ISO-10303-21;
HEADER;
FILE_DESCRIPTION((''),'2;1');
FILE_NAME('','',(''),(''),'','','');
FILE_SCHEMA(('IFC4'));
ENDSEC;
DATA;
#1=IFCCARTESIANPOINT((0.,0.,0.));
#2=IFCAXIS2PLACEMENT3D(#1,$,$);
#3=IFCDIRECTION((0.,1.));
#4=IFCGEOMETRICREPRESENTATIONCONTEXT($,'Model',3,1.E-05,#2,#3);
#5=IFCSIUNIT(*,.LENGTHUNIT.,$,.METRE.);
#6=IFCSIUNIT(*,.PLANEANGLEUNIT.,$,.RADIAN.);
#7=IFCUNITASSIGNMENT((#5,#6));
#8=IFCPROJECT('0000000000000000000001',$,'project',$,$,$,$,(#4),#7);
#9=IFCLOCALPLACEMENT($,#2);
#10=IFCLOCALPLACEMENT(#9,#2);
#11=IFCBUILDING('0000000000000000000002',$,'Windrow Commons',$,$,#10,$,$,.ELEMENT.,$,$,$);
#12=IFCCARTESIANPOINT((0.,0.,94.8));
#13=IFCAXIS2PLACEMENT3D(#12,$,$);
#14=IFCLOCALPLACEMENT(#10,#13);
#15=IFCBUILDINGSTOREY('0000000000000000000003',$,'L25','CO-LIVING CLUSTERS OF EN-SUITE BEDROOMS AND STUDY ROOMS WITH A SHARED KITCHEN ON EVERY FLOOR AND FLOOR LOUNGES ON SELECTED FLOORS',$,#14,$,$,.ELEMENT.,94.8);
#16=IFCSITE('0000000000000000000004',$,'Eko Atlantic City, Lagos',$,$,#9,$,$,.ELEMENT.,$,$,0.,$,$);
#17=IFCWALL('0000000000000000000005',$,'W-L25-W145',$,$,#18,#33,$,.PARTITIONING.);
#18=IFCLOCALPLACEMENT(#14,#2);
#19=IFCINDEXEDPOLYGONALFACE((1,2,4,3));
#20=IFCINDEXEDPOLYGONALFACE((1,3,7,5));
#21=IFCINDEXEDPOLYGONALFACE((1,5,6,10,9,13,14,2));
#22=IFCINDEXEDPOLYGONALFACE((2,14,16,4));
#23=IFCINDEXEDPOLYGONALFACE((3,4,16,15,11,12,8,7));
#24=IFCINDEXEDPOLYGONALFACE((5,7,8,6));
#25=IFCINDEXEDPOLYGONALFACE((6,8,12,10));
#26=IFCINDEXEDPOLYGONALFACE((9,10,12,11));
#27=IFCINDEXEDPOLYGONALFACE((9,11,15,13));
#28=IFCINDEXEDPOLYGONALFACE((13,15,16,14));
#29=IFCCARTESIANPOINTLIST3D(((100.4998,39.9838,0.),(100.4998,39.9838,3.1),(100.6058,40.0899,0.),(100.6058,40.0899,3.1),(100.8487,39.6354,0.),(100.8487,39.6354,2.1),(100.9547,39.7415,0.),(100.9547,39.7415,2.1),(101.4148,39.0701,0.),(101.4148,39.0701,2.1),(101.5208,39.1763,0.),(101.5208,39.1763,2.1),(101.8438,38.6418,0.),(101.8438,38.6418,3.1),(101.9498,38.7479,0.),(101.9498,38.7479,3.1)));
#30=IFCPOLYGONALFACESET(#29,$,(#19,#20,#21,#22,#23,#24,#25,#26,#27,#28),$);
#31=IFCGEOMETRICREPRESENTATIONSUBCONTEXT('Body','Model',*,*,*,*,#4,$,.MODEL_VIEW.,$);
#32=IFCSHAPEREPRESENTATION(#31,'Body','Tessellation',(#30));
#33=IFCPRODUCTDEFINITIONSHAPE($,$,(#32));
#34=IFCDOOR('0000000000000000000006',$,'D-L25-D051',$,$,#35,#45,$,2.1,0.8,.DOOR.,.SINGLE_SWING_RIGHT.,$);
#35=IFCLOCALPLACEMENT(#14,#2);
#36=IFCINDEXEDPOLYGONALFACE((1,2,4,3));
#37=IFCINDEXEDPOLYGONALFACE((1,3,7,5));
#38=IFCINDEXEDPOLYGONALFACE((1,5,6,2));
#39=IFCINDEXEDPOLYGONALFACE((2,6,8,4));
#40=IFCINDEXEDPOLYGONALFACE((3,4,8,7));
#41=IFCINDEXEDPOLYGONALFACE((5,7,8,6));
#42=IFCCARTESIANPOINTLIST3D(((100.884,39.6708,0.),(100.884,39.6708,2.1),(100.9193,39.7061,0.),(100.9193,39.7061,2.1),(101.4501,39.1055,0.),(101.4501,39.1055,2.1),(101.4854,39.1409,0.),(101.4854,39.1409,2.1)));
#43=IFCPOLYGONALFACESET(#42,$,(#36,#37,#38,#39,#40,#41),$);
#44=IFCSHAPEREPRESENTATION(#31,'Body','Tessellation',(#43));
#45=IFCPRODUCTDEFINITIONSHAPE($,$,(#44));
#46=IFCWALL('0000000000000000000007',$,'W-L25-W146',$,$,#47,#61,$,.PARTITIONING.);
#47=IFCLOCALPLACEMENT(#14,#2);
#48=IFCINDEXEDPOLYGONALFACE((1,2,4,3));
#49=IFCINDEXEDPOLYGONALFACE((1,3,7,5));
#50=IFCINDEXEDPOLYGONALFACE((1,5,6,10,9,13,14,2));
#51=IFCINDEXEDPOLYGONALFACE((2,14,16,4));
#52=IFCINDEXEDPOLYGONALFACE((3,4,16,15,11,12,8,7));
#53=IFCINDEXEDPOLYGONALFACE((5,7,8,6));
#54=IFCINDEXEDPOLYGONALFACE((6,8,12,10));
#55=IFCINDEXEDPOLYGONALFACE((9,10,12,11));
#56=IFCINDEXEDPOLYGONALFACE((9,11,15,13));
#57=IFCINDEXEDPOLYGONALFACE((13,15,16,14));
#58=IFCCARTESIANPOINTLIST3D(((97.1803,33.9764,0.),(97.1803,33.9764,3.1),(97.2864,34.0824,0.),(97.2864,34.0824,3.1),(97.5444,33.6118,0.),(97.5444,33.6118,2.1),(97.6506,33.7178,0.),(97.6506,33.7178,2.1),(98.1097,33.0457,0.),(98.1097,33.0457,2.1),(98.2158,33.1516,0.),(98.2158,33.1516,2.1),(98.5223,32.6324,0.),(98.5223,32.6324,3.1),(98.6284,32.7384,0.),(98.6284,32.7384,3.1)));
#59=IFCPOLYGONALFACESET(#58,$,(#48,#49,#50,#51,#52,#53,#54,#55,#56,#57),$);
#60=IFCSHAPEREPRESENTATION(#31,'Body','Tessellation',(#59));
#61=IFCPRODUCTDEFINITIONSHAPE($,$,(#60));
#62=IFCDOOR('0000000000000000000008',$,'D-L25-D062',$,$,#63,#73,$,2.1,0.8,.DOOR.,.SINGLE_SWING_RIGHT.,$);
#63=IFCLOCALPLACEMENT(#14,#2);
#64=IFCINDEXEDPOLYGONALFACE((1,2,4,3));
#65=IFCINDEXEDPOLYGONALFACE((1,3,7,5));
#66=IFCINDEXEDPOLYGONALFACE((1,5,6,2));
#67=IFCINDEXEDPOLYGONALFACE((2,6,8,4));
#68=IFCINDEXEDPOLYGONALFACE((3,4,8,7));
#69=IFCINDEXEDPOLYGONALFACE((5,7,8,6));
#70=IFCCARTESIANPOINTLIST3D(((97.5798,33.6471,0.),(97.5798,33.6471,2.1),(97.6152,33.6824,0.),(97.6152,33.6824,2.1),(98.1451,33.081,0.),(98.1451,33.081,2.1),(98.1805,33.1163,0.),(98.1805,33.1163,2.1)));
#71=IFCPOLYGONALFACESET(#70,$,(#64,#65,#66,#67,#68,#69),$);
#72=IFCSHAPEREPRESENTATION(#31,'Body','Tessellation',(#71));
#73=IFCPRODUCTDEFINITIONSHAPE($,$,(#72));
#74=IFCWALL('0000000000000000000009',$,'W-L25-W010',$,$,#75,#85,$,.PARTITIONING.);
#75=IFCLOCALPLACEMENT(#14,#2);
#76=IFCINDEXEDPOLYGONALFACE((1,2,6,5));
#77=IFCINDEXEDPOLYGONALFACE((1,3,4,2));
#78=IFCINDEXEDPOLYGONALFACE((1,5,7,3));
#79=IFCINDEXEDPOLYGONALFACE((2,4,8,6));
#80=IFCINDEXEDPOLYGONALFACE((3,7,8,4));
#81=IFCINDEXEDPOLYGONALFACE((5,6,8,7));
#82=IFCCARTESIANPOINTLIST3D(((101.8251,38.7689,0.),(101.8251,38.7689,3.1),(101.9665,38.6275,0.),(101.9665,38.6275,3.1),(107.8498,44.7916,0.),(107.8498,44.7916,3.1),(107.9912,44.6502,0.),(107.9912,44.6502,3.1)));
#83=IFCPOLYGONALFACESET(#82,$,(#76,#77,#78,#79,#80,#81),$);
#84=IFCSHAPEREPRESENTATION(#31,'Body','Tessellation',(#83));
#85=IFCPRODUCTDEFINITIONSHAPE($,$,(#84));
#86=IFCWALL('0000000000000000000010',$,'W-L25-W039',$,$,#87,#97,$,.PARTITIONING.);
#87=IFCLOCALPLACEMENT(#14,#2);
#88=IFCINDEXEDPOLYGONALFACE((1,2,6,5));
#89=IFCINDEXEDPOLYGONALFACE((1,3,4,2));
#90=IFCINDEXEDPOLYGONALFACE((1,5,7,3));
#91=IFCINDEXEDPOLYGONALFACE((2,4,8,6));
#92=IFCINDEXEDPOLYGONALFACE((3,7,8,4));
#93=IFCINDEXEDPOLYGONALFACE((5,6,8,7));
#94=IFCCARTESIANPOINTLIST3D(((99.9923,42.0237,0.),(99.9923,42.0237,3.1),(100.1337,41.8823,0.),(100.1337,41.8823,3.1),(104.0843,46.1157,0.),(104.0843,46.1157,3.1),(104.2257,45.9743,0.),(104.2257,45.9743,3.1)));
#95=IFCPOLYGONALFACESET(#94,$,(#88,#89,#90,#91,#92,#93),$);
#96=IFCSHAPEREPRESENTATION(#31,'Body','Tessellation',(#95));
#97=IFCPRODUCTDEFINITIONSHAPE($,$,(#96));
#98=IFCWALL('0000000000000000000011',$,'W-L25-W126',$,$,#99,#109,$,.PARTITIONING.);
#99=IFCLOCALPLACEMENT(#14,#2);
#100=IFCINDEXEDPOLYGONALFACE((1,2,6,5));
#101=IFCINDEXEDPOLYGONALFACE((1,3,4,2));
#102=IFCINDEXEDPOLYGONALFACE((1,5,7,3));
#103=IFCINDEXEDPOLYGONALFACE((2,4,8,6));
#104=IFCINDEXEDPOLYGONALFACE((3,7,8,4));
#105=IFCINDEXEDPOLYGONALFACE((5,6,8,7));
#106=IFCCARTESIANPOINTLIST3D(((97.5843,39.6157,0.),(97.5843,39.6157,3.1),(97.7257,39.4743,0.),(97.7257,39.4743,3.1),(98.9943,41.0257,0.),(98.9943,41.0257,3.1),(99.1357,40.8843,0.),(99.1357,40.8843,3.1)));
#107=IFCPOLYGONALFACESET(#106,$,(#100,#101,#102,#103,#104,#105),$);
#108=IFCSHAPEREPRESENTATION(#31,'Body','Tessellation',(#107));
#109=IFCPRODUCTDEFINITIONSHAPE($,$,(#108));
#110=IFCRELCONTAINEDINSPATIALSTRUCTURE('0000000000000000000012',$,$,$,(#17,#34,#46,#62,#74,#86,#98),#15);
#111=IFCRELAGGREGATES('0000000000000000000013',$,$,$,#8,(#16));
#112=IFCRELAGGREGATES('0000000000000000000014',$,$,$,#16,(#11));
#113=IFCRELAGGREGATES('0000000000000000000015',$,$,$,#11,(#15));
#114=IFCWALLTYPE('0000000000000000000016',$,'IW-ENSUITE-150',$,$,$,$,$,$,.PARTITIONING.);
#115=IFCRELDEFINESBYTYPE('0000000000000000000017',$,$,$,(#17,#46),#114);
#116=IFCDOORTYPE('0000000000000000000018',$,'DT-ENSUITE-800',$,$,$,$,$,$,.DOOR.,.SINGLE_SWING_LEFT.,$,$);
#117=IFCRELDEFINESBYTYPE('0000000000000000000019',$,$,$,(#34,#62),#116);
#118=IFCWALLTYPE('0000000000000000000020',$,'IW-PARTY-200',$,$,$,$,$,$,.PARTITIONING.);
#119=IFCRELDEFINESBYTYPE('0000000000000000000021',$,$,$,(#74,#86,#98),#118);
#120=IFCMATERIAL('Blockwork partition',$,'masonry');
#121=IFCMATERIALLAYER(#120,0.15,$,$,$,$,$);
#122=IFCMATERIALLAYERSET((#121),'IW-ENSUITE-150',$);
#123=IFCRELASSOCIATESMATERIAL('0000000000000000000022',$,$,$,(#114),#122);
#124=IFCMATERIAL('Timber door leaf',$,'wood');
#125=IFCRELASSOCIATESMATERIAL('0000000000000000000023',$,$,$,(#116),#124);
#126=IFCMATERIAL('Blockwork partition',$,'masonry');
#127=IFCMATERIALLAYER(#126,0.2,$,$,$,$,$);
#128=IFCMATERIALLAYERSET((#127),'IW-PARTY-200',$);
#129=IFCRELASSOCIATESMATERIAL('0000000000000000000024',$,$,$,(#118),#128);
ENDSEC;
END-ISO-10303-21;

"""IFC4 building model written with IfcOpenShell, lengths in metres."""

from ifc_helpers import new_model, si_unit, direction, frame, frame_2d, origin, place, context, subcontext, project, spatial, rectangle, extrude, material, layer, layer_set, type_object, element, fill, save


model = new_model("IFC4")

# Units and contexts
model_context = context("Model", 3, precision=1e-05, world=origin(), true_north=direction((0.0, 1.0)))
body_context = subcontext(model_context, "Body", "Model", "MODEL_VIEW")
ifc_project = project(units=[si_unit("LENGTHUNIT", "METRE"), si_unit("PLANEANGLEUNIT", "RADIAN")], contexts=[model_context])

# Site, building, storey
site_placement = place(None, origin())
site = spatial("IfcSite", under=ifc_project, at=site_placement, Name="Eko Atlantic City, Lagos", CompositionType="ELEMENT", RefElevation=0.0)
building_placement = place(site_placement, origin())
building = spatial("IfcBuilding", under=site, at=building_placement, Name="Windrow Commons", CompositionType="ELEMENT")
storey_placement = place(building_placement, frame((0.0, 0.0, 94.8)))
storey = spatial("IfcBuildingStorey", under=building, at=storey_placement, Name="L25", Description="CO-LIVING CLUSTERS OF EN-SUITE BEDROOMS AND STUDY ROOMS WITH A SHARED KITCHEN ON EVERY FLOOR AND FLOOR LOUNGES ON SELECTED FLOORS", CompositionType="ELEMENT", Elevation=94.8)

# Shared definitions
ifc_material_1 = material(Name="Blockwork partition", Category="masonry")
ifc_layer_1 = layer(ifc_material_1, 0.15)
ifc_layer_set_1 = layer_set([ifc_layer_1], Name="IW-ENSUITE-150")
wall_type_1 = type_object("IfcWallType", Name="IW-ENSUITE-150", PredefinedType="PARTITIONING", material=ifc_layer_set_1)

# Walls, openings, doors
ifc_material_2 = material(Name="Timber door leaf", Category="wood")
door_type_1 = type_object("IfcDoorType", Name="DT-ENSUITE-800", OperationType="SINGLE_SWING_LEFT", PredefinedType="DOOR", material=ifc_material_2)
wall_1_placement = place(storey_placement, frame((100.5528, 40.0368, 0.0), z_axis=(0.0, 0.0, 1.0), x_axis=(0.707633, -0.70658, 0.0)))
wall_1 = element("IfcWall", 1, at=wall_1_placement, inside=storey, type_object=wall_type_1, Name="W-L25-W145", PredefinedType="PARTITIONING", context=body_context, shape_type="SweptSolid", body=[
    extrude(rectangle(XDim=1.8993, YDim=0.15, at=frame_2d((0.9496, 0.0))), origin(), (0.0, 0.0, 1.0), 3.1),
])
opening_1_placement = place(wall_1_placement, frame((0.493, 0.0, 0.0)))
opening_1 = element("IfcOpeningElement", 2, at=opening_1_placement, cuts=wall_1, PredefinedType="OPENING", context=body_context, shape_type="SweptSolid", body=[
    extrude(rectangle(XDim=0.8, YDim=2.1, at=frame_2d((0.4, 1.05))), frame((0.0, 0.085, 0.0), z_axis=(0.0, -1.0, 0.0), x_axis=(1.0, 0.0, 0.0)), (0.0, 0.0, 1.0), 0.17),
])
door_1_placement = place(opening_1_placement, origin())
door_1 = element("IfcDoor", 3, at=door_1_placement, inside=storey, type_object=door_type_1, Name="D-L25-D051", OperationType="SINGLE_SWING_RIGHT", OverallHeight=2.1, OverallWidth=0.8, PredefinedType="DOOR", context=body_context, shape_type="SweptSolid", body=[
    extrude(rectangle(XDim=0.8, YDim=2.1, at=frame_2d((0.4, 1.05))), frame((0.0, 0.025, 0.0), z_axis=(0.0, -1.0, 0.0), x_axis=(1.0, 0.0, 0.0)), (0.0, 0.0, 1.0), 0.05),
])
fill(opening_1, door_1)
wall_2_placement = place(storey_placement, frame((97.2334, 34.0294, 0.0), z_axis=(0.0, 0.0, 1.0), x_axis=(0.70658, -0.707633, 0.0)))
wall_2 = element("IfcWall", 4, at=wall_2_placement, inside=storey, type_object=wall_type_1, Name="W-L25-W146", PredefinedType="PARTITIONING", context=body_context, shape_type="SweptSolid", body=[
    extrude(rectangle(XDim=1.8993, YDim=0.15, at=frame_2d((0.9496, 0.0))), origin(), (0.0, 0.0, 1.0), 3.1),
])
opening_2_placement = place(wall_2_placement, frame((0.5153, 0.0, 0.0)))
opening_2 = element("IfcOpeningElement", 5, at=opening_2_placement, cuts=wall_2, PredefinedType="OPENING", context=body_context, shape_type="SweptSolid", body=[
    extrude(rectangle(XDim=0.8, YDim=2.1, at=frame_2d((0.4, 1.05))), frame((0.0, 0.085, 0.0), z_axis=(0.0, -1.0, 0.0), x_axis=(1.0, 0.0, 0.0)), (0.0, 0.0, 1.0), 0.17),
])
door_2_placement = place(opening_2_placement, origin())
door_2 = element("IfcDoor", 6, at=door_2_placement, inside=storey, type_object=door_type_1, Name="D-L25-D062", OperationType="SINGLE_SWING_RIGHT", OverallHeight=2.1, OverallWidth=0.8, PredefinedType="DOOR", context=body_context, shape_type="SweptSolid", body=[
    extrude(rectangle(XDim=0.8, YDim=2.1, at=frame_2d((0.4, 1.05))), frame((0.0, 0.025, 0.0), z_axis=(0.0, -1.0, 0.0), x_axis=(1.0, 0.0, 0.0)), (0.0, 0.0, 1.0), 0.05),
])
fill(opening_2, door_2)

# Walls
ifc_material_3 = material(Name="Blockwork partition", Category="masonry")
ifc_layer_2 = layer(ifc_material_3, 0.2)
ifc_layer_set_2 = layer_set([ifc_layer_2], Name="IW-PARTY-200")
wall_type_2 = type_object("IfcWallType", Name="IW-PARTY-200", PredefinedType="PARTITIONING", material=ifc_layer_set_2)
wall_3_placement = place(storey_placement, frame((101.8958, 38.6982, 0.0), z_axis=(0.0, 0.0, 1.0), x_axis=(0.707224, 0.706989, 0.0)))
element("IfcWall", 7, at=wall_3_placement, inside=storey, type_object=wall_type_2, Name="W-L25-W010", PredefinedType="PARTITIONING", context=body_context, shape_type="SweptSolid", body=[
    extrude(rectangle(XDim=8.5188, YDim=0.2, at=frame_2d((4.2594, 0.0))), origin(), (0.0, 0.0, 1.0), 3.1),
])
wall_4_placement = place(storey_placement, frame((100.063, 41.953, 0.0), z_axis=(0.0, 0.0, 1.0), x_axis=(0.707107, 0.707107, 0.0)))
element("IfcWall", 8, at=wall_4_placement, inside=storey, type_object=wall_type_2, Name="W-L25-W039", PredefinedType="PARTITIONING", context=body_context, shape_type="SweptSolid", body=[
    extrude(rectangle(XDim=5.787, YDim=0.2, at=frame_2d((2.8935, 0.0))), origin(), (0.0, 0.0, 1.0), 3.1),
])
wall_5_placement = place(storey_placement, frame((97.655, 39.545, 0.0), z_axis=(0.0, 0.0, 1.0), x_axis=(0.707107, 0.707107, 0.0)))
element("IfcWall", 9, at=wall_5_placement, inside=storey, type_object=wall_type_2, Name="W-L25-W126", PredefinedType="PARTITIONING", context=body_context, shape_type="SweptSolid", body=[
    extrude(rectangle(XDim=1.994, YDim=0.2, at=frame_2d((0.997, 0.0))), origin(), (0.0, 0.0, 1.0), 3.1),
])

save(model, "model.ifc")
